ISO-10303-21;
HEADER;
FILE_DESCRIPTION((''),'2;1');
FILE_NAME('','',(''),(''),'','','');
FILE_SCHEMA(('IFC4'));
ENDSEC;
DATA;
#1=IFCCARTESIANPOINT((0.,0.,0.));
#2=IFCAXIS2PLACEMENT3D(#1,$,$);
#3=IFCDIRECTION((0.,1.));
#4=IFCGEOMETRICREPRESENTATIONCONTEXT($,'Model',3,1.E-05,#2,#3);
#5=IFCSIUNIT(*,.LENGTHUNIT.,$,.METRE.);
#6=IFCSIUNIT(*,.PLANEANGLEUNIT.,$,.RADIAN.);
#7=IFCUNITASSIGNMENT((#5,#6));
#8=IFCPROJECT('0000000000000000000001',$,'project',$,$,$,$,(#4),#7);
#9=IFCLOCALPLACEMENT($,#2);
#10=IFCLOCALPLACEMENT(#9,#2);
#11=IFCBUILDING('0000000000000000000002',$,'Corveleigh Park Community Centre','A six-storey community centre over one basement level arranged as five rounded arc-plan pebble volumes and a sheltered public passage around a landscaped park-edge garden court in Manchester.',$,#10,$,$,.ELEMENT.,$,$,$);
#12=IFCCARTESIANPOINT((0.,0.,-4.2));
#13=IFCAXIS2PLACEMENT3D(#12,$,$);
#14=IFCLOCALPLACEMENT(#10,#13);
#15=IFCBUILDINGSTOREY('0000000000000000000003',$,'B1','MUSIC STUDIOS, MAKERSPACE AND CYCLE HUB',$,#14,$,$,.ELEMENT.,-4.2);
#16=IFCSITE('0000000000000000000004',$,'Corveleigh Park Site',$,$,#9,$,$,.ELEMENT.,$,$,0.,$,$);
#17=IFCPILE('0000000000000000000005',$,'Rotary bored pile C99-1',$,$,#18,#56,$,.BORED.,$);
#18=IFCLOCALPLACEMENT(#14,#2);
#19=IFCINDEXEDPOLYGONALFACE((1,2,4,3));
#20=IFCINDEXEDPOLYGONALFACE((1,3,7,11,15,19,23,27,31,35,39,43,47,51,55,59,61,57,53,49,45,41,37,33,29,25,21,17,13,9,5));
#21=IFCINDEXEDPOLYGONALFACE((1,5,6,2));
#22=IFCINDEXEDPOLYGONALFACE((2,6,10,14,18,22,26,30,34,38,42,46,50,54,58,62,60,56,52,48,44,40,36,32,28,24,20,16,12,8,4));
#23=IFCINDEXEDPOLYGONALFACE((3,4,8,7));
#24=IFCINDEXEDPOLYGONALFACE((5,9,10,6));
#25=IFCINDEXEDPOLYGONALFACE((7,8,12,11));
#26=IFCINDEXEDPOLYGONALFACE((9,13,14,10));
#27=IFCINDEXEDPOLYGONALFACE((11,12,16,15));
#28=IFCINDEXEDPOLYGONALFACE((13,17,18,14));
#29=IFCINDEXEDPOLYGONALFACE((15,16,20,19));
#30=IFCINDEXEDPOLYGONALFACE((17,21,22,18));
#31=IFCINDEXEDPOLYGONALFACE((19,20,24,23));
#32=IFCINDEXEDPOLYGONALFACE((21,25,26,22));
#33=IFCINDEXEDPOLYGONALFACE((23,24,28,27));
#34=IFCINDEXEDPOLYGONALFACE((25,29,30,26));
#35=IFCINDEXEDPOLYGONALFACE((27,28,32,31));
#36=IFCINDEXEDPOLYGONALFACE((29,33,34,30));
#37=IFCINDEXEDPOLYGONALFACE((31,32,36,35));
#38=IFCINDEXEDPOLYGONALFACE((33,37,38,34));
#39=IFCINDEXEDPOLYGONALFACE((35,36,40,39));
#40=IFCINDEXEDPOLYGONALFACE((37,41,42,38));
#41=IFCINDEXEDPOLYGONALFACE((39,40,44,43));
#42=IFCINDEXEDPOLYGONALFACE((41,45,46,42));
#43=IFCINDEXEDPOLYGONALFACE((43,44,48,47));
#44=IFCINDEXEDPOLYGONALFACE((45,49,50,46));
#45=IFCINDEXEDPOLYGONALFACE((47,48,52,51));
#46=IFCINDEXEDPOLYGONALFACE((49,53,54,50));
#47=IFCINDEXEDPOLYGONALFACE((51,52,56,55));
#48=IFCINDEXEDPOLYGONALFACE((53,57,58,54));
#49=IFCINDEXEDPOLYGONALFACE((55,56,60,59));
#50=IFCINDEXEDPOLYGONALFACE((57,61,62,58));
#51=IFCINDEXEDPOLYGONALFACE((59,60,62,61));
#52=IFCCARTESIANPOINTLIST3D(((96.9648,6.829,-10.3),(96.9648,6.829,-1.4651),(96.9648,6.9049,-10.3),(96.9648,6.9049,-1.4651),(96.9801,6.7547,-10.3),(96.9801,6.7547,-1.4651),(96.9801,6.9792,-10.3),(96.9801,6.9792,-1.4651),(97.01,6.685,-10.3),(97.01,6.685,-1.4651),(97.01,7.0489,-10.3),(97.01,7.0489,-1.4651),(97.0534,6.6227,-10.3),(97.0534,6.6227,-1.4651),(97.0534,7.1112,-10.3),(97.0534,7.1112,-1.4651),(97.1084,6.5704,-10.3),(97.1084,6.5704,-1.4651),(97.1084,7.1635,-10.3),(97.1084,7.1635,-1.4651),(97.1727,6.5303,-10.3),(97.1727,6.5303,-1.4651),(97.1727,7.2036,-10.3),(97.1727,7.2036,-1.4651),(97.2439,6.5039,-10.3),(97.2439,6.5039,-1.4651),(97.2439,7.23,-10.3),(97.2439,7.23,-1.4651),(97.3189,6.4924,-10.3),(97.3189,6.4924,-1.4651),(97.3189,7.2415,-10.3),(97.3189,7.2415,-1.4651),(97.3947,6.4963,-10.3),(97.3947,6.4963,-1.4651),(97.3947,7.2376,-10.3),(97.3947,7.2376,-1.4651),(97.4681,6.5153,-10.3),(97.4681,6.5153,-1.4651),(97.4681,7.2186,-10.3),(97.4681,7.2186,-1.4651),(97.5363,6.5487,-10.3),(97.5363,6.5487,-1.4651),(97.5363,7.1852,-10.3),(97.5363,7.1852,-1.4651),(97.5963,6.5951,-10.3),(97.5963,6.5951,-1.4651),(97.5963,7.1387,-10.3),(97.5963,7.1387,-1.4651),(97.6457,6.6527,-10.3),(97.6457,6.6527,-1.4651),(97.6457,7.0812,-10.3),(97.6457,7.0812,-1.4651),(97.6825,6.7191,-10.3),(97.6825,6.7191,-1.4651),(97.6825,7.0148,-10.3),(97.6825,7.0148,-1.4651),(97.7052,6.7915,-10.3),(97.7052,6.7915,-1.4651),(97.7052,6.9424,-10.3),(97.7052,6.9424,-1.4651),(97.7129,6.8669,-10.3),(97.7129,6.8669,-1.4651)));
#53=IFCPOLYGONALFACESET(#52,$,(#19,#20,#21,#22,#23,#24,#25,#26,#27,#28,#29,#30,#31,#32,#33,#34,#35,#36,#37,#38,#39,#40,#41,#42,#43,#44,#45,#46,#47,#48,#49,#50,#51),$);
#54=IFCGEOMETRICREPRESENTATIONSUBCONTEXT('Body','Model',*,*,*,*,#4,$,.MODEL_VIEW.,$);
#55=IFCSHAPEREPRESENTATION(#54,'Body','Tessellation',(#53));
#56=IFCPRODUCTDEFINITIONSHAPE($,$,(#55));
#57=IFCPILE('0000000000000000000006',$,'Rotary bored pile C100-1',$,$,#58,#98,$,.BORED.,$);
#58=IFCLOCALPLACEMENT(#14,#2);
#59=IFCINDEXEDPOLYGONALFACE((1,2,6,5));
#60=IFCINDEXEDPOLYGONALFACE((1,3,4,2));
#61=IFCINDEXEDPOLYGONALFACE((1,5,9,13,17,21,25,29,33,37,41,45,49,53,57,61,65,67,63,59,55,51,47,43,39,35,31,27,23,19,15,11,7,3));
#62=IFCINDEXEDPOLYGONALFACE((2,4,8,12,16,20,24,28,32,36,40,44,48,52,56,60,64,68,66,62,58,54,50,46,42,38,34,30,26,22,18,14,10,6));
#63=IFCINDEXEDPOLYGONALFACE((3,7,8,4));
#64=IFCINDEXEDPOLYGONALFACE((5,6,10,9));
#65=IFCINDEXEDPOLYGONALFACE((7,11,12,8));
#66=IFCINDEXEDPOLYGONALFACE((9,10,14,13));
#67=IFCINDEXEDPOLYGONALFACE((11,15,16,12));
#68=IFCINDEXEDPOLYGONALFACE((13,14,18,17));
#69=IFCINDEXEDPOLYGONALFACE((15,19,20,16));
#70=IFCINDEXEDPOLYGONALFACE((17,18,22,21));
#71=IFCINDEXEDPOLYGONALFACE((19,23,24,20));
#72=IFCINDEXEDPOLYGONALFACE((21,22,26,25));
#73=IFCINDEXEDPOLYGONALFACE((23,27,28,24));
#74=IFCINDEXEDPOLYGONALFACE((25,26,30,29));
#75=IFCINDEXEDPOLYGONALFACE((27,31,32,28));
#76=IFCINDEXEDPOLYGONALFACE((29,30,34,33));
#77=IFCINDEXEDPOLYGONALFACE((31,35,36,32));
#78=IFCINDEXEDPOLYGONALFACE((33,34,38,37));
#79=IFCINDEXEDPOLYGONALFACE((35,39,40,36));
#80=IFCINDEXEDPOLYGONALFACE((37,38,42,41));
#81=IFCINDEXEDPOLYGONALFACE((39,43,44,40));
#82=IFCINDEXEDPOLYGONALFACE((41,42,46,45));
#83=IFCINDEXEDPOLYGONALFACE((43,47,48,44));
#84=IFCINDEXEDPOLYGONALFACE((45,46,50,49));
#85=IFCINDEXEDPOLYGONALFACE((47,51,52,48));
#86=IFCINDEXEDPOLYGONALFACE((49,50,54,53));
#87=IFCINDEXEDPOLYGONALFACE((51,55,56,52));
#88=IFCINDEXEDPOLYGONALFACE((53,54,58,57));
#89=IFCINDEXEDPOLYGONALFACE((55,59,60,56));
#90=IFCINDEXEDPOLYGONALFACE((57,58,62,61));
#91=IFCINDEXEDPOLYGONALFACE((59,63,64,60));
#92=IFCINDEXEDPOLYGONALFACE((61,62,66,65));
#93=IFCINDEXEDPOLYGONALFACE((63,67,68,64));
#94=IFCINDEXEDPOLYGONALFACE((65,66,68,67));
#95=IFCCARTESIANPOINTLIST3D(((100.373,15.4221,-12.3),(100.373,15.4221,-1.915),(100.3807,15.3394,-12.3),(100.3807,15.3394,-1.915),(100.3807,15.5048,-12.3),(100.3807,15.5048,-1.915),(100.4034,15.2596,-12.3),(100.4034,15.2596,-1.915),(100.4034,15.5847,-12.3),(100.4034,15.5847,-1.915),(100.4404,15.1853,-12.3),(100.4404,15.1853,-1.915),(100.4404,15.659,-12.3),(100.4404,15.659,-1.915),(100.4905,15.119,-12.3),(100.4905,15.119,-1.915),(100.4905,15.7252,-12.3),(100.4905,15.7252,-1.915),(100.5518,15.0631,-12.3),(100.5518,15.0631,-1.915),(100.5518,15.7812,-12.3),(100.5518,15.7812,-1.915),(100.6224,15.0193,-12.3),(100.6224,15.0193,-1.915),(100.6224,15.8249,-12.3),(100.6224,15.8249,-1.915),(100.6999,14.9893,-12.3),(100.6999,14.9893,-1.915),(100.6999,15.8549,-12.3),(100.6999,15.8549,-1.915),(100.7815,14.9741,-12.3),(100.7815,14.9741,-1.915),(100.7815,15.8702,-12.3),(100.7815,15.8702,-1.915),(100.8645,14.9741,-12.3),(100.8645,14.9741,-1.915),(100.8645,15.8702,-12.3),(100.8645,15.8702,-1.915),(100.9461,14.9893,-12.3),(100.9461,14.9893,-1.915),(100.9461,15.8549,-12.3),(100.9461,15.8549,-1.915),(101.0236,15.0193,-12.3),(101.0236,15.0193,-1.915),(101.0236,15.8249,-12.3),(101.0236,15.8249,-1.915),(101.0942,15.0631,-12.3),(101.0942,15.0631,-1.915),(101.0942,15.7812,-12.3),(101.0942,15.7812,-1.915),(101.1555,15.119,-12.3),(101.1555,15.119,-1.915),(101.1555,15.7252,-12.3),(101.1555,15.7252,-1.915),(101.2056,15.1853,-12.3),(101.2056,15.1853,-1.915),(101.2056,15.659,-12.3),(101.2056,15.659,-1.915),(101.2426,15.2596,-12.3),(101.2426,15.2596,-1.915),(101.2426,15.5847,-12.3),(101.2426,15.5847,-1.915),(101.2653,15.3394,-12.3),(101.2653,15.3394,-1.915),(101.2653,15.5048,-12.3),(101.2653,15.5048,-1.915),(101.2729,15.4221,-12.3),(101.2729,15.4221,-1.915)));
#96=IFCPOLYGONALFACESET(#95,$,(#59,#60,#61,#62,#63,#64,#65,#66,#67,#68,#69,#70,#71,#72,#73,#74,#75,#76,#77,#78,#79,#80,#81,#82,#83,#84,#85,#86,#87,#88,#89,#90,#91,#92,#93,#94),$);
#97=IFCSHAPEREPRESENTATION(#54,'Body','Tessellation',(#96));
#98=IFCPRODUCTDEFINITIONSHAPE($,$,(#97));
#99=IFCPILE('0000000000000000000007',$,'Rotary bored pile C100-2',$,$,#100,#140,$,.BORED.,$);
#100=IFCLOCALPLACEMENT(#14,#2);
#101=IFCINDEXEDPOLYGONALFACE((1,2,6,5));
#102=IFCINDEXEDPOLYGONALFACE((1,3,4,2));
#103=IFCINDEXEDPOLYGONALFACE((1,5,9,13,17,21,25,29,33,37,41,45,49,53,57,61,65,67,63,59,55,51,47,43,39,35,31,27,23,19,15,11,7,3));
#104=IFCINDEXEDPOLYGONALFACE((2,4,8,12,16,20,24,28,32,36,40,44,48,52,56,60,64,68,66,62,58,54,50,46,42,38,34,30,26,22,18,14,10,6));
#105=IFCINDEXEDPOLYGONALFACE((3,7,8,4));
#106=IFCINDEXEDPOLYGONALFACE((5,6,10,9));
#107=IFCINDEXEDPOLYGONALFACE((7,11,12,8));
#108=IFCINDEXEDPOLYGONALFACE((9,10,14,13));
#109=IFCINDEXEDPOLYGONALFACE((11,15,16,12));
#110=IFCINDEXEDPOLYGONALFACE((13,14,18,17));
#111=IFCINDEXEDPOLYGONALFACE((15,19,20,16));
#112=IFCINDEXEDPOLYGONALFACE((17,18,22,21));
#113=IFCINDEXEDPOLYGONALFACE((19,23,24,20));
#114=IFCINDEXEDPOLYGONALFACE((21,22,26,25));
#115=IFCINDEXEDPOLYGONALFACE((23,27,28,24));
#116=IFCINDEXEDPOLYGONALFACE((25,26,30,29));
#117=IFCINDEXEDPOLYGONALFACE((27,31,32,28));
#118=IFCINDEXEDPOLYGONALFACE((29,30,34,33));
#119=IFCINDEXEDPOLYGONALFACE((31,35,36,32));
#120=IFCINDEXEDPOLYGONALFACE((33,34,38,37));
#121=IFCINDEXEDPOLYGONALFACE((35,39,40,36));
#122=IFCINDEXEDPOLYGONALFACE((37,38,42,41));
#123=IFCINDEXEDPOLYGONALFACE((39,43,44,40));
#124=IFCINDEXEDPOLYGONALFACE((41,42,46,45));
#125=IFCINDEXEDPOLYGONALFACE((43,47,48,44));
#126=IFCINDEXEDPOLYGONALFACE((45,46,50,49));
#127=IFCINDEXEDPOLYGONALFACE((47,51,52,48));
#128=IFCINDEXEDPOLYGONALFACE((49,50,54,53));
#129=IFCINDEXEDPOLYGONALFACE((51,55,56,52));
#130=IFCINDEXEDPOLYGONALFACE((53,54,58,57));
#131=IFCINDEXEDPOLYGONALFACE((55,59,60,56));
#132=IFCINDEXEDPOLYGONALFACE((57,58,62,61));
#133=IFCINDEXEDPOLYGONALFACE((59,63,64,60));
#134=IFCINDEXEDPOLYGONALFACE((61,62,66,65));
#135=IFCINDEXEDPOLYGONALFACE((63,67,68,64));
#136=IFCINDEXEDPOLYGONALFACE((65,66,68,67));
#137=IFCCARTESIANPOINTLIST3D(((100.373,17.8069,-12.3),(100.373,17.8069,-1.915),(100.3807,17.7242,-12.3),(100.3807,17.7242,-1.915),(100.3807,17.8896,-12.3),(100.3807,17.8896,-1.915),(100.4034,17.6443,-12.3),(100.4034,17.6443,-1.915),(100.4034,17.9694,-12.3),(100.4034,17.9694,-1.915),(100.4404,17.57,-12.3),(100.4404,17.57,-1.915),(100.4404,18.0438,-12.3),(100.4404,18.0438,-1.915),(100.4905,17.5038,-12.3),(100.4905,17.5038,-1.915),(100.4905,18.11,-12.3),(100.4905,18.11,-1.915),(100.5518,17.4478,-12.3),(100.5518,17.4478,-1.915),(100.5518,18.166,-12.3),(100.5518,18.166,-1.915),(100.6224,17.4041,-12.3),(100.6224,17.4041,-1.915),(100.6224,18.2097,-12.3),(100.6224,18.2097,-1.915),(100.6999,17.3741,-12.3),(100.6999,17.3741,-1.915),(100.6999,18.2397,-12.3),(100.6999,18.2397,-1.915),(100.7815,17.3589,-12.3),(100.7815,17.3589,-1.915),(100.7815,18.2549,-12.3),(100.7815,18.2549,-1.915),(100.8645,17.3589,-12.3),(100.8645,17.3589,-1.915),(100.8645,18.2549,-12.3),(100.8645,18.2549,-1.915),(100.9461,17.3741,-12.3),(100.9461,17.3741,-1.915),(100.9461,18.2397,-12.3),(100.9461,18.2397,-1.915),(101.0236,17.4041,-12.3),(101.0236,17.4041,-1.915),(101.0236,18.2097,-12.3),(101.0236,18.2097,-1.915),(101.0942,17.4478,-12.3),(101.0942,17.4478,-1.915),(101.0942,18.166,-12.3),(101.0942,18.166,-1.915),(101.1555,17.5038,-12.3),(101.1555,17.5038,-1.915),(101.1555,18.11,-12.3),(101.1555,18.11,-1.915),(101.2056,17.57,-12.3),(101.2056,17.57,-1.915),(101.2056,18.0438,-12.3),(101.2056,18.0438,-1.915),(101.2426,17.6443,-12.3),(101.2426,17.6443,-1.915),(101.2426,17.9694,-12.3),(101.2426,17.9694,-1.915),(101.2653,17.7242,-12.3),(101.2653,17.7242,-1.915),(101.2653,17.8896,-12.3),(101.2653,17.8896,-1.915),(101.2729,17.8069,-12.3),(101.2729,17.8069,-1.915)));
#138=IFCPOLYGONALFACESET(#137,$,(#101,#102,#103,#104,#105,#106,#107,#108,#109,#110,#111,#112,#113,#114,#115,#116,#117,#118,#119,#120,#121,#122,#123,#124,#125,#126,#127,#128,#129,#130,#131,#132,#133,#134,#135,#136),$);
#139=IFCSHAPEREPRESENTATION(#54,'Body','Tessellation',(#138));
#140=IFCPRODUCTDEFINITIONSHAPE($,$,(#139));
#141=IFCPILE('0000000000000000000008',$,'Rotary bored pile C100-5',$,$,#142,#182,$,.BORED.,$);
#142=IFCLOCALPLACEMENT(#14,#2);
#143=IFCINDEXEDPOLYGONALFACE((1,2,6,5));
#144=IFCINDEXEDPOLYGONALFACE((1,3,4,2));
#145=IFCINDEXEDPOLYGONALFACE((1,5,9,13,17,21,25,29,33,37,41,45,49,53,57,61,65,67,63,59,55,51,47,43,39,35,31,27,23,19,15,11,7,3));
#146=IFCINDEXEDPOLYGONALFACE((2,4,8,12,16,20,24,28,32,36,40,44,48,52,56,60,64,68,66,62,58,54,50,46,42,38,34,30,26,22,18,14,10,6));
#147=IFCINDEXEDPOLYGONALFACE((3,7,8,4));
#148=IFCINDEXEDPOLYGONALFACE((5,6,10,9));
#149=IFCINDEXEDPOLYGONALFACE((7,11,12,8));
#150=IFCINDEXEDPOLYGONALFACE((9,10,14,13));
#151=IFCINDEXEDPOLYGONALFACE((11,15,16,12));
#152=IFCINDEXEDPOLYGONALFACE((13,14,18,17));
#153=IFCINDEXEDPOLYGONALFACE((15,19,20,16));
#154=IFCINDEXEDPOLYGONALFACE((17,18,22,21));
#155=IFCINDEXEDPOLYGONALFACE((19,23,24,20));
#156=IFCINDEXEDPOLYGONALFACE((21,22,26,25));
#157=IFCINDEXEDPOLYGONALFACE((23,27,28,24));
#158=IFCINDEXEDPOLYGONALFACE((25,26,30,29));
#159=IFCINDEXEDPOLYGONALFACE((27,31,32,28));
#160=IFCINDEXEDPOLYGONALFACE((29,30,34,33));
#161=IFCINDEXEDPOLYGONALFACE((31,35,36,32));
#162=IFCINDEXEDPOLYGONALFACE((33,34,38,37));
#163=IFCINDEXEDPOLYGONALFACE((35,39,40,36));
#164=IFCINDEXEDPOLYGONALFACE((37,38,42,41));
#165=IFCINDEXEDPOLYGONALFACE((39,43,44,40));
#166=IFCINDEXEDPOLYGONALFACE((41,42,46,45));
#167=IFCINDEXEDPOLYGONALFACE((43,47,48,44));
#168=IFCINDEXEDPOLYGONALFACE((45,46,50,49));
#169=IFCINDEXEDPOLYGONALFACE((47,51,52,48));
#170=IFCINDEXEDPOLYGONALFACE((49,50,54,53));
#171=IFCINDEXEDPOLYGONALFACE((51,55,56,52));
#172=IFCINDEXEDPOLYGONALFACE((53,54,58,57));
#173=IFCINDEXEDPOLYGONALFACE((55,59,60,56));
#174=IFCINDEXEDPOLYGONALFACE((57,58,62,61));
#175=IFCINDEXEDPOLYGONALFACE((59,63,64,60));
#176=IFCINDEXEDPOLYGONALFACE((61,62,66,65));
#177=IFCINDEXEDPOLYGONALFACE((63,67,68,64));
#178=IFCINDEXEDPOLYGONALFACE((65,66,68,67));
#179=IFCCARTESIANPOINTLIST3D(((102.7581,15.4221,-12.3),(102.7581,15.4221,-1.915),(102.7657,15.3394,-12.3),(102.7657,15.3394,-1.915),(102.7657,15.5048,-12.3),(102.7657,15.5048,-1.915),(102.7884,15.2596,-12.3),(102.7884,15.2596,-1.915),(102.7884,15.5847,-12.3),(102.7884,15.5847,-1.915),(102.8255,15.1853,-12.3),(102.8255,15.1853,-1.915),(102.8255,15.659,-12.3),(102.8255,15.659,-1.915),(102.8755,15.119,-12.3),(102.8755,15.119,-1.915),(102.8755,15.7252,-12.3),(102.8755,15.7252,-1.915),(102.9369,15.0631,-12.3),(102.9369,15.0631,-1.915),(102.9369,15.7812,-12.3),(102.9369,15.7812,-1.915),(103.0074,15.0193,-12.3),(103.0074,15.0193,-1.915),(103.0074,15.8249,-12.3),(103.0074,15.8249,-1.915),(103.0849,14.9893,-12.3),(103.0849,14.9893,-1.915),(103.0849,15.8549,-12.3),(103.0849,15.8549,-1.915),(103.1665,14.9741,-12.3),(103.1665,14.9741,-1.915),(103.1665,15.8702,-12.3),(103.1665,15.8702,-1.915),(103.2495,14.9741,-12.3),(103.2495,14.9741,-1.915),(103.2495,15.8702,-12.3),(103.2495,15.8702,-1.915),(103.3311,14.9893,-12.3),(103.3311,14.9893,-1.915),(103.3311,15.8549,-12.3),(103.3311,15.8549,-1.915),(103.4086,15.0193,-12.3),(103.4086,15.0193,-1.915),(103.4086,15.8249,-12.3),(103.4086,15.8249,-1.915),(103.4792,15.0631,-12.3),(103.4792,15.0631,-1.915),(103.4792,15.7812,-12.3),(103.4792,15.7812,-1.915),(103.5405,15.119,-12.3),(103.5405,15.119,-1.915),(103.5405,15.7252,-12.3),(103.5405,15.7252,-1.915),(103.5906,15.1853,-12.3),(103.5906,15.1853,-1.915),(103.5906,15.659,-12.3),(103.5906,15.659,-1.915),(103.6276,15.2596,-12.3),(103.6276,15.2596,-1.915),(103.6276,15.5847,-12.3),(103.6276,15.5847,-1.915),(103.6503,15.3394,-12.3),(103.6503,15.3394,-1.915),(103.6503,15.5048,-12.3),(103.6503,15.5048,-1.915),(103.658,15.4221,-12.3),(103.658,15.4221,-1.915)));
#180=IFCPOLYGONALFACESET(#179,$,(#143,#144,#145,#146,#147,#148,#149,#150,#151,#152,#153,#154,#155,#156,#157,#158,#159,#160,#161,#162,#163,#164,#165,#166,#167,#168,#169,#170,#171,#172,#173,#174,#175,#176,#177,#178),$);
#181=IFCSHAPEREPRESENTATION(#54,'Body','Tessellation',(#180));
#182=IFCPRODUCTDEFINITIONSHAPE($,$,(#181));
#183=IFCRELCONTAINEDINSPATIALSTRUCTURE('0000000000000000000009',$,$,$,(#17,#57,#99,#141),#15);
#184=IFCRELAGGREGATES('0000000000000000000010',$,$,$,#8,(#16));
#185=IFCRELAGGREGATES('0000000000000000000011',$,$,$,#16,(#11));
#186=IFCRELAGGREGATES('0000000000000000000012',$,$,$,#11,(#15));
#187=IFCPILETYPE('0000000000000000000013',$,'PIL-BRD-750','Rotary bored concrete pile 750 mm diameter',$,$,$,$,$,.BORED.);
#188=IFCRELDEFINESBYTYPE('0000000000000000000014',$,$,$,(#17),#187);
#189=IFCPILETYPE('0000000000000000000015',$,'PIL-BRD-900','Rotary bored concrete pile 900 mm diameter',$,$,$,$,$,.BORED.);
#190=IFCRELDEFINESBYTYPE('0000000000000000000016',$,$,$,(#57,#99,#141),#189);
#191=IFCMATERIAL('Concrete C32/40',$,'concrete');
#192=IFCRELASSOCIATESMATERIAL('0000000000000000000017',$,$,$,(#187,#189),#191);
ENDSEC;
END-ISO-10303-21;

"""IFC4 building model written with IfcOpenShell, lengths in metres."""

from ifc_helpers import new_model, si_unit, direction, frame, origin, origin_2d, place, context, subcontext, project, spatial, circle, extrude, material, material_profile, profile_set, type_object, element, save


model = new_model("IFC4")

# Units and contexts
model_context = context("Model", 3, precision=1e-05, world=origin(), true_north=direction((0.0, 1.0)))
body_context = subcontext(model_context, "Body", "Model", "MODEL_VIEW")
ifc_project = project(units=[si_unit("LENGTHUNIT", "METRE"), si_unit("PLANEANGLEUNIT", "RADIAN")], contexts=[model_context])

# Site, building, storey
site_placement = place(None, origin())
site = spatial("IfcSite", under=ifc_project, at=site_placement, Name="Corveleigh Park Site", CompositionType="ELEMENT", RefElevation=0.0)
building_placement = place(site_placement, origin())
building = spatial("IfcBuilding", under=site, at=building_placement, Name="Corveleigh Park Community Centre", Description="A six-storey community centre over one basement level arranged as five rounded arc-plan pebble volumes and a sheltered public passage around a landscaped park-edge garden court in Manchester.", CompositionType="ELEMENT")
storey_placement = place(building_placement, frame((0.0, 0.0, -4.2)))
storey = spatial("IfcBuildingStorey", under=building, at=storey_placement, Name="B1", Description="MUSIC STUDIOS, MAKERSPACE AND CYCLE HUB", CompositionType="ELEMENT", Elevation=-4.2)

# Piles
ifc_material_1 = material(Name="Concrete C32/40", Category="concrete")
ifc_material_profile_1 = material_profile(ifc_material_1, circle(Radius=0.375, at=origin_2d()), Name="BORED-PILE-750", Category="concrete")
ifc_profile_set_1 = profile_set([ifc_material_profile_1], Name="Concrete C32/40")
pile_type_1 = type_object("IfcPileType", Name="PIL-BRD-750", Description="Rotary bored concrete pile 750 mm diameter", PredefinedType="BORED", material=ifc_profile_set_1)
pile_placement = place(storey_placement, frame((97.3379, 6.8669, -1.4651), z_axis=(0.0, 0.0, -1.0), x_axis=(1.0, 0.0, 0.0)))
element("IfcPile", 1, at=pile_placement, inside=storey, type_object=pile_type_1, Name="Rotary bored pile C99-1", PredefinedType="BORED", context=body_context, shape_type="SweptSolid", body=[
    extrude(circle(Radius=0.375, at=origin_2d()), origin(), (0.0, 0.0, 1.0), 8.835),
])
ifc_material_profile_2 = material_profile(ifc_material_1, circle(Radius=0.45, at=origin_2d()), Name="BORED-PILE-900", Category="concrete")
ifc_profile_set_2 = profile_set([ifc_material_profile_2], Name="Concrete C32/40")
pile_type_2 = type_object("IfcPileType", Name="PIL-BRD-900", Description="Rotary bored concrete pile 900 mm diameter", PredefinedType="BORED", material=ifc_profile_set_2)
for number, where, z_axis, x_axis, name in (
    (2, (100.823, 15.4221, -1.915), (0.0, 0.0, -1.0), (1.0, 0.0, 0.0), "Rotary bored pile C100-1"),
    (3, (100.823, 17.8069, -1.915), (0.0, 0.0, -1.0), (1.0, 0.0, 0.0), "Rotary bored pile C100-2"),
    (4, (103.208, 15.4221, -1.915), (0.0, 0.0, -1.0), (1.0, 0.0, 0.0), "Rotary bored pile C100-5"),
):
    element("IfcPile", number, at=place(storey_placement, frame(where, z_axis=z_axis, x_axis=x_axis)), inside=storey, type_object=pile_type_2, Name=name, PredefinedType="BORED", context=body_context, shape_type="SweptSolid", body=[
        extrude(circle(Radius=0.45, at=origin_2d()), origin(), (0.0, 0.0, 1.0), 10.385),
    ])

save(model, "model.ifc")
